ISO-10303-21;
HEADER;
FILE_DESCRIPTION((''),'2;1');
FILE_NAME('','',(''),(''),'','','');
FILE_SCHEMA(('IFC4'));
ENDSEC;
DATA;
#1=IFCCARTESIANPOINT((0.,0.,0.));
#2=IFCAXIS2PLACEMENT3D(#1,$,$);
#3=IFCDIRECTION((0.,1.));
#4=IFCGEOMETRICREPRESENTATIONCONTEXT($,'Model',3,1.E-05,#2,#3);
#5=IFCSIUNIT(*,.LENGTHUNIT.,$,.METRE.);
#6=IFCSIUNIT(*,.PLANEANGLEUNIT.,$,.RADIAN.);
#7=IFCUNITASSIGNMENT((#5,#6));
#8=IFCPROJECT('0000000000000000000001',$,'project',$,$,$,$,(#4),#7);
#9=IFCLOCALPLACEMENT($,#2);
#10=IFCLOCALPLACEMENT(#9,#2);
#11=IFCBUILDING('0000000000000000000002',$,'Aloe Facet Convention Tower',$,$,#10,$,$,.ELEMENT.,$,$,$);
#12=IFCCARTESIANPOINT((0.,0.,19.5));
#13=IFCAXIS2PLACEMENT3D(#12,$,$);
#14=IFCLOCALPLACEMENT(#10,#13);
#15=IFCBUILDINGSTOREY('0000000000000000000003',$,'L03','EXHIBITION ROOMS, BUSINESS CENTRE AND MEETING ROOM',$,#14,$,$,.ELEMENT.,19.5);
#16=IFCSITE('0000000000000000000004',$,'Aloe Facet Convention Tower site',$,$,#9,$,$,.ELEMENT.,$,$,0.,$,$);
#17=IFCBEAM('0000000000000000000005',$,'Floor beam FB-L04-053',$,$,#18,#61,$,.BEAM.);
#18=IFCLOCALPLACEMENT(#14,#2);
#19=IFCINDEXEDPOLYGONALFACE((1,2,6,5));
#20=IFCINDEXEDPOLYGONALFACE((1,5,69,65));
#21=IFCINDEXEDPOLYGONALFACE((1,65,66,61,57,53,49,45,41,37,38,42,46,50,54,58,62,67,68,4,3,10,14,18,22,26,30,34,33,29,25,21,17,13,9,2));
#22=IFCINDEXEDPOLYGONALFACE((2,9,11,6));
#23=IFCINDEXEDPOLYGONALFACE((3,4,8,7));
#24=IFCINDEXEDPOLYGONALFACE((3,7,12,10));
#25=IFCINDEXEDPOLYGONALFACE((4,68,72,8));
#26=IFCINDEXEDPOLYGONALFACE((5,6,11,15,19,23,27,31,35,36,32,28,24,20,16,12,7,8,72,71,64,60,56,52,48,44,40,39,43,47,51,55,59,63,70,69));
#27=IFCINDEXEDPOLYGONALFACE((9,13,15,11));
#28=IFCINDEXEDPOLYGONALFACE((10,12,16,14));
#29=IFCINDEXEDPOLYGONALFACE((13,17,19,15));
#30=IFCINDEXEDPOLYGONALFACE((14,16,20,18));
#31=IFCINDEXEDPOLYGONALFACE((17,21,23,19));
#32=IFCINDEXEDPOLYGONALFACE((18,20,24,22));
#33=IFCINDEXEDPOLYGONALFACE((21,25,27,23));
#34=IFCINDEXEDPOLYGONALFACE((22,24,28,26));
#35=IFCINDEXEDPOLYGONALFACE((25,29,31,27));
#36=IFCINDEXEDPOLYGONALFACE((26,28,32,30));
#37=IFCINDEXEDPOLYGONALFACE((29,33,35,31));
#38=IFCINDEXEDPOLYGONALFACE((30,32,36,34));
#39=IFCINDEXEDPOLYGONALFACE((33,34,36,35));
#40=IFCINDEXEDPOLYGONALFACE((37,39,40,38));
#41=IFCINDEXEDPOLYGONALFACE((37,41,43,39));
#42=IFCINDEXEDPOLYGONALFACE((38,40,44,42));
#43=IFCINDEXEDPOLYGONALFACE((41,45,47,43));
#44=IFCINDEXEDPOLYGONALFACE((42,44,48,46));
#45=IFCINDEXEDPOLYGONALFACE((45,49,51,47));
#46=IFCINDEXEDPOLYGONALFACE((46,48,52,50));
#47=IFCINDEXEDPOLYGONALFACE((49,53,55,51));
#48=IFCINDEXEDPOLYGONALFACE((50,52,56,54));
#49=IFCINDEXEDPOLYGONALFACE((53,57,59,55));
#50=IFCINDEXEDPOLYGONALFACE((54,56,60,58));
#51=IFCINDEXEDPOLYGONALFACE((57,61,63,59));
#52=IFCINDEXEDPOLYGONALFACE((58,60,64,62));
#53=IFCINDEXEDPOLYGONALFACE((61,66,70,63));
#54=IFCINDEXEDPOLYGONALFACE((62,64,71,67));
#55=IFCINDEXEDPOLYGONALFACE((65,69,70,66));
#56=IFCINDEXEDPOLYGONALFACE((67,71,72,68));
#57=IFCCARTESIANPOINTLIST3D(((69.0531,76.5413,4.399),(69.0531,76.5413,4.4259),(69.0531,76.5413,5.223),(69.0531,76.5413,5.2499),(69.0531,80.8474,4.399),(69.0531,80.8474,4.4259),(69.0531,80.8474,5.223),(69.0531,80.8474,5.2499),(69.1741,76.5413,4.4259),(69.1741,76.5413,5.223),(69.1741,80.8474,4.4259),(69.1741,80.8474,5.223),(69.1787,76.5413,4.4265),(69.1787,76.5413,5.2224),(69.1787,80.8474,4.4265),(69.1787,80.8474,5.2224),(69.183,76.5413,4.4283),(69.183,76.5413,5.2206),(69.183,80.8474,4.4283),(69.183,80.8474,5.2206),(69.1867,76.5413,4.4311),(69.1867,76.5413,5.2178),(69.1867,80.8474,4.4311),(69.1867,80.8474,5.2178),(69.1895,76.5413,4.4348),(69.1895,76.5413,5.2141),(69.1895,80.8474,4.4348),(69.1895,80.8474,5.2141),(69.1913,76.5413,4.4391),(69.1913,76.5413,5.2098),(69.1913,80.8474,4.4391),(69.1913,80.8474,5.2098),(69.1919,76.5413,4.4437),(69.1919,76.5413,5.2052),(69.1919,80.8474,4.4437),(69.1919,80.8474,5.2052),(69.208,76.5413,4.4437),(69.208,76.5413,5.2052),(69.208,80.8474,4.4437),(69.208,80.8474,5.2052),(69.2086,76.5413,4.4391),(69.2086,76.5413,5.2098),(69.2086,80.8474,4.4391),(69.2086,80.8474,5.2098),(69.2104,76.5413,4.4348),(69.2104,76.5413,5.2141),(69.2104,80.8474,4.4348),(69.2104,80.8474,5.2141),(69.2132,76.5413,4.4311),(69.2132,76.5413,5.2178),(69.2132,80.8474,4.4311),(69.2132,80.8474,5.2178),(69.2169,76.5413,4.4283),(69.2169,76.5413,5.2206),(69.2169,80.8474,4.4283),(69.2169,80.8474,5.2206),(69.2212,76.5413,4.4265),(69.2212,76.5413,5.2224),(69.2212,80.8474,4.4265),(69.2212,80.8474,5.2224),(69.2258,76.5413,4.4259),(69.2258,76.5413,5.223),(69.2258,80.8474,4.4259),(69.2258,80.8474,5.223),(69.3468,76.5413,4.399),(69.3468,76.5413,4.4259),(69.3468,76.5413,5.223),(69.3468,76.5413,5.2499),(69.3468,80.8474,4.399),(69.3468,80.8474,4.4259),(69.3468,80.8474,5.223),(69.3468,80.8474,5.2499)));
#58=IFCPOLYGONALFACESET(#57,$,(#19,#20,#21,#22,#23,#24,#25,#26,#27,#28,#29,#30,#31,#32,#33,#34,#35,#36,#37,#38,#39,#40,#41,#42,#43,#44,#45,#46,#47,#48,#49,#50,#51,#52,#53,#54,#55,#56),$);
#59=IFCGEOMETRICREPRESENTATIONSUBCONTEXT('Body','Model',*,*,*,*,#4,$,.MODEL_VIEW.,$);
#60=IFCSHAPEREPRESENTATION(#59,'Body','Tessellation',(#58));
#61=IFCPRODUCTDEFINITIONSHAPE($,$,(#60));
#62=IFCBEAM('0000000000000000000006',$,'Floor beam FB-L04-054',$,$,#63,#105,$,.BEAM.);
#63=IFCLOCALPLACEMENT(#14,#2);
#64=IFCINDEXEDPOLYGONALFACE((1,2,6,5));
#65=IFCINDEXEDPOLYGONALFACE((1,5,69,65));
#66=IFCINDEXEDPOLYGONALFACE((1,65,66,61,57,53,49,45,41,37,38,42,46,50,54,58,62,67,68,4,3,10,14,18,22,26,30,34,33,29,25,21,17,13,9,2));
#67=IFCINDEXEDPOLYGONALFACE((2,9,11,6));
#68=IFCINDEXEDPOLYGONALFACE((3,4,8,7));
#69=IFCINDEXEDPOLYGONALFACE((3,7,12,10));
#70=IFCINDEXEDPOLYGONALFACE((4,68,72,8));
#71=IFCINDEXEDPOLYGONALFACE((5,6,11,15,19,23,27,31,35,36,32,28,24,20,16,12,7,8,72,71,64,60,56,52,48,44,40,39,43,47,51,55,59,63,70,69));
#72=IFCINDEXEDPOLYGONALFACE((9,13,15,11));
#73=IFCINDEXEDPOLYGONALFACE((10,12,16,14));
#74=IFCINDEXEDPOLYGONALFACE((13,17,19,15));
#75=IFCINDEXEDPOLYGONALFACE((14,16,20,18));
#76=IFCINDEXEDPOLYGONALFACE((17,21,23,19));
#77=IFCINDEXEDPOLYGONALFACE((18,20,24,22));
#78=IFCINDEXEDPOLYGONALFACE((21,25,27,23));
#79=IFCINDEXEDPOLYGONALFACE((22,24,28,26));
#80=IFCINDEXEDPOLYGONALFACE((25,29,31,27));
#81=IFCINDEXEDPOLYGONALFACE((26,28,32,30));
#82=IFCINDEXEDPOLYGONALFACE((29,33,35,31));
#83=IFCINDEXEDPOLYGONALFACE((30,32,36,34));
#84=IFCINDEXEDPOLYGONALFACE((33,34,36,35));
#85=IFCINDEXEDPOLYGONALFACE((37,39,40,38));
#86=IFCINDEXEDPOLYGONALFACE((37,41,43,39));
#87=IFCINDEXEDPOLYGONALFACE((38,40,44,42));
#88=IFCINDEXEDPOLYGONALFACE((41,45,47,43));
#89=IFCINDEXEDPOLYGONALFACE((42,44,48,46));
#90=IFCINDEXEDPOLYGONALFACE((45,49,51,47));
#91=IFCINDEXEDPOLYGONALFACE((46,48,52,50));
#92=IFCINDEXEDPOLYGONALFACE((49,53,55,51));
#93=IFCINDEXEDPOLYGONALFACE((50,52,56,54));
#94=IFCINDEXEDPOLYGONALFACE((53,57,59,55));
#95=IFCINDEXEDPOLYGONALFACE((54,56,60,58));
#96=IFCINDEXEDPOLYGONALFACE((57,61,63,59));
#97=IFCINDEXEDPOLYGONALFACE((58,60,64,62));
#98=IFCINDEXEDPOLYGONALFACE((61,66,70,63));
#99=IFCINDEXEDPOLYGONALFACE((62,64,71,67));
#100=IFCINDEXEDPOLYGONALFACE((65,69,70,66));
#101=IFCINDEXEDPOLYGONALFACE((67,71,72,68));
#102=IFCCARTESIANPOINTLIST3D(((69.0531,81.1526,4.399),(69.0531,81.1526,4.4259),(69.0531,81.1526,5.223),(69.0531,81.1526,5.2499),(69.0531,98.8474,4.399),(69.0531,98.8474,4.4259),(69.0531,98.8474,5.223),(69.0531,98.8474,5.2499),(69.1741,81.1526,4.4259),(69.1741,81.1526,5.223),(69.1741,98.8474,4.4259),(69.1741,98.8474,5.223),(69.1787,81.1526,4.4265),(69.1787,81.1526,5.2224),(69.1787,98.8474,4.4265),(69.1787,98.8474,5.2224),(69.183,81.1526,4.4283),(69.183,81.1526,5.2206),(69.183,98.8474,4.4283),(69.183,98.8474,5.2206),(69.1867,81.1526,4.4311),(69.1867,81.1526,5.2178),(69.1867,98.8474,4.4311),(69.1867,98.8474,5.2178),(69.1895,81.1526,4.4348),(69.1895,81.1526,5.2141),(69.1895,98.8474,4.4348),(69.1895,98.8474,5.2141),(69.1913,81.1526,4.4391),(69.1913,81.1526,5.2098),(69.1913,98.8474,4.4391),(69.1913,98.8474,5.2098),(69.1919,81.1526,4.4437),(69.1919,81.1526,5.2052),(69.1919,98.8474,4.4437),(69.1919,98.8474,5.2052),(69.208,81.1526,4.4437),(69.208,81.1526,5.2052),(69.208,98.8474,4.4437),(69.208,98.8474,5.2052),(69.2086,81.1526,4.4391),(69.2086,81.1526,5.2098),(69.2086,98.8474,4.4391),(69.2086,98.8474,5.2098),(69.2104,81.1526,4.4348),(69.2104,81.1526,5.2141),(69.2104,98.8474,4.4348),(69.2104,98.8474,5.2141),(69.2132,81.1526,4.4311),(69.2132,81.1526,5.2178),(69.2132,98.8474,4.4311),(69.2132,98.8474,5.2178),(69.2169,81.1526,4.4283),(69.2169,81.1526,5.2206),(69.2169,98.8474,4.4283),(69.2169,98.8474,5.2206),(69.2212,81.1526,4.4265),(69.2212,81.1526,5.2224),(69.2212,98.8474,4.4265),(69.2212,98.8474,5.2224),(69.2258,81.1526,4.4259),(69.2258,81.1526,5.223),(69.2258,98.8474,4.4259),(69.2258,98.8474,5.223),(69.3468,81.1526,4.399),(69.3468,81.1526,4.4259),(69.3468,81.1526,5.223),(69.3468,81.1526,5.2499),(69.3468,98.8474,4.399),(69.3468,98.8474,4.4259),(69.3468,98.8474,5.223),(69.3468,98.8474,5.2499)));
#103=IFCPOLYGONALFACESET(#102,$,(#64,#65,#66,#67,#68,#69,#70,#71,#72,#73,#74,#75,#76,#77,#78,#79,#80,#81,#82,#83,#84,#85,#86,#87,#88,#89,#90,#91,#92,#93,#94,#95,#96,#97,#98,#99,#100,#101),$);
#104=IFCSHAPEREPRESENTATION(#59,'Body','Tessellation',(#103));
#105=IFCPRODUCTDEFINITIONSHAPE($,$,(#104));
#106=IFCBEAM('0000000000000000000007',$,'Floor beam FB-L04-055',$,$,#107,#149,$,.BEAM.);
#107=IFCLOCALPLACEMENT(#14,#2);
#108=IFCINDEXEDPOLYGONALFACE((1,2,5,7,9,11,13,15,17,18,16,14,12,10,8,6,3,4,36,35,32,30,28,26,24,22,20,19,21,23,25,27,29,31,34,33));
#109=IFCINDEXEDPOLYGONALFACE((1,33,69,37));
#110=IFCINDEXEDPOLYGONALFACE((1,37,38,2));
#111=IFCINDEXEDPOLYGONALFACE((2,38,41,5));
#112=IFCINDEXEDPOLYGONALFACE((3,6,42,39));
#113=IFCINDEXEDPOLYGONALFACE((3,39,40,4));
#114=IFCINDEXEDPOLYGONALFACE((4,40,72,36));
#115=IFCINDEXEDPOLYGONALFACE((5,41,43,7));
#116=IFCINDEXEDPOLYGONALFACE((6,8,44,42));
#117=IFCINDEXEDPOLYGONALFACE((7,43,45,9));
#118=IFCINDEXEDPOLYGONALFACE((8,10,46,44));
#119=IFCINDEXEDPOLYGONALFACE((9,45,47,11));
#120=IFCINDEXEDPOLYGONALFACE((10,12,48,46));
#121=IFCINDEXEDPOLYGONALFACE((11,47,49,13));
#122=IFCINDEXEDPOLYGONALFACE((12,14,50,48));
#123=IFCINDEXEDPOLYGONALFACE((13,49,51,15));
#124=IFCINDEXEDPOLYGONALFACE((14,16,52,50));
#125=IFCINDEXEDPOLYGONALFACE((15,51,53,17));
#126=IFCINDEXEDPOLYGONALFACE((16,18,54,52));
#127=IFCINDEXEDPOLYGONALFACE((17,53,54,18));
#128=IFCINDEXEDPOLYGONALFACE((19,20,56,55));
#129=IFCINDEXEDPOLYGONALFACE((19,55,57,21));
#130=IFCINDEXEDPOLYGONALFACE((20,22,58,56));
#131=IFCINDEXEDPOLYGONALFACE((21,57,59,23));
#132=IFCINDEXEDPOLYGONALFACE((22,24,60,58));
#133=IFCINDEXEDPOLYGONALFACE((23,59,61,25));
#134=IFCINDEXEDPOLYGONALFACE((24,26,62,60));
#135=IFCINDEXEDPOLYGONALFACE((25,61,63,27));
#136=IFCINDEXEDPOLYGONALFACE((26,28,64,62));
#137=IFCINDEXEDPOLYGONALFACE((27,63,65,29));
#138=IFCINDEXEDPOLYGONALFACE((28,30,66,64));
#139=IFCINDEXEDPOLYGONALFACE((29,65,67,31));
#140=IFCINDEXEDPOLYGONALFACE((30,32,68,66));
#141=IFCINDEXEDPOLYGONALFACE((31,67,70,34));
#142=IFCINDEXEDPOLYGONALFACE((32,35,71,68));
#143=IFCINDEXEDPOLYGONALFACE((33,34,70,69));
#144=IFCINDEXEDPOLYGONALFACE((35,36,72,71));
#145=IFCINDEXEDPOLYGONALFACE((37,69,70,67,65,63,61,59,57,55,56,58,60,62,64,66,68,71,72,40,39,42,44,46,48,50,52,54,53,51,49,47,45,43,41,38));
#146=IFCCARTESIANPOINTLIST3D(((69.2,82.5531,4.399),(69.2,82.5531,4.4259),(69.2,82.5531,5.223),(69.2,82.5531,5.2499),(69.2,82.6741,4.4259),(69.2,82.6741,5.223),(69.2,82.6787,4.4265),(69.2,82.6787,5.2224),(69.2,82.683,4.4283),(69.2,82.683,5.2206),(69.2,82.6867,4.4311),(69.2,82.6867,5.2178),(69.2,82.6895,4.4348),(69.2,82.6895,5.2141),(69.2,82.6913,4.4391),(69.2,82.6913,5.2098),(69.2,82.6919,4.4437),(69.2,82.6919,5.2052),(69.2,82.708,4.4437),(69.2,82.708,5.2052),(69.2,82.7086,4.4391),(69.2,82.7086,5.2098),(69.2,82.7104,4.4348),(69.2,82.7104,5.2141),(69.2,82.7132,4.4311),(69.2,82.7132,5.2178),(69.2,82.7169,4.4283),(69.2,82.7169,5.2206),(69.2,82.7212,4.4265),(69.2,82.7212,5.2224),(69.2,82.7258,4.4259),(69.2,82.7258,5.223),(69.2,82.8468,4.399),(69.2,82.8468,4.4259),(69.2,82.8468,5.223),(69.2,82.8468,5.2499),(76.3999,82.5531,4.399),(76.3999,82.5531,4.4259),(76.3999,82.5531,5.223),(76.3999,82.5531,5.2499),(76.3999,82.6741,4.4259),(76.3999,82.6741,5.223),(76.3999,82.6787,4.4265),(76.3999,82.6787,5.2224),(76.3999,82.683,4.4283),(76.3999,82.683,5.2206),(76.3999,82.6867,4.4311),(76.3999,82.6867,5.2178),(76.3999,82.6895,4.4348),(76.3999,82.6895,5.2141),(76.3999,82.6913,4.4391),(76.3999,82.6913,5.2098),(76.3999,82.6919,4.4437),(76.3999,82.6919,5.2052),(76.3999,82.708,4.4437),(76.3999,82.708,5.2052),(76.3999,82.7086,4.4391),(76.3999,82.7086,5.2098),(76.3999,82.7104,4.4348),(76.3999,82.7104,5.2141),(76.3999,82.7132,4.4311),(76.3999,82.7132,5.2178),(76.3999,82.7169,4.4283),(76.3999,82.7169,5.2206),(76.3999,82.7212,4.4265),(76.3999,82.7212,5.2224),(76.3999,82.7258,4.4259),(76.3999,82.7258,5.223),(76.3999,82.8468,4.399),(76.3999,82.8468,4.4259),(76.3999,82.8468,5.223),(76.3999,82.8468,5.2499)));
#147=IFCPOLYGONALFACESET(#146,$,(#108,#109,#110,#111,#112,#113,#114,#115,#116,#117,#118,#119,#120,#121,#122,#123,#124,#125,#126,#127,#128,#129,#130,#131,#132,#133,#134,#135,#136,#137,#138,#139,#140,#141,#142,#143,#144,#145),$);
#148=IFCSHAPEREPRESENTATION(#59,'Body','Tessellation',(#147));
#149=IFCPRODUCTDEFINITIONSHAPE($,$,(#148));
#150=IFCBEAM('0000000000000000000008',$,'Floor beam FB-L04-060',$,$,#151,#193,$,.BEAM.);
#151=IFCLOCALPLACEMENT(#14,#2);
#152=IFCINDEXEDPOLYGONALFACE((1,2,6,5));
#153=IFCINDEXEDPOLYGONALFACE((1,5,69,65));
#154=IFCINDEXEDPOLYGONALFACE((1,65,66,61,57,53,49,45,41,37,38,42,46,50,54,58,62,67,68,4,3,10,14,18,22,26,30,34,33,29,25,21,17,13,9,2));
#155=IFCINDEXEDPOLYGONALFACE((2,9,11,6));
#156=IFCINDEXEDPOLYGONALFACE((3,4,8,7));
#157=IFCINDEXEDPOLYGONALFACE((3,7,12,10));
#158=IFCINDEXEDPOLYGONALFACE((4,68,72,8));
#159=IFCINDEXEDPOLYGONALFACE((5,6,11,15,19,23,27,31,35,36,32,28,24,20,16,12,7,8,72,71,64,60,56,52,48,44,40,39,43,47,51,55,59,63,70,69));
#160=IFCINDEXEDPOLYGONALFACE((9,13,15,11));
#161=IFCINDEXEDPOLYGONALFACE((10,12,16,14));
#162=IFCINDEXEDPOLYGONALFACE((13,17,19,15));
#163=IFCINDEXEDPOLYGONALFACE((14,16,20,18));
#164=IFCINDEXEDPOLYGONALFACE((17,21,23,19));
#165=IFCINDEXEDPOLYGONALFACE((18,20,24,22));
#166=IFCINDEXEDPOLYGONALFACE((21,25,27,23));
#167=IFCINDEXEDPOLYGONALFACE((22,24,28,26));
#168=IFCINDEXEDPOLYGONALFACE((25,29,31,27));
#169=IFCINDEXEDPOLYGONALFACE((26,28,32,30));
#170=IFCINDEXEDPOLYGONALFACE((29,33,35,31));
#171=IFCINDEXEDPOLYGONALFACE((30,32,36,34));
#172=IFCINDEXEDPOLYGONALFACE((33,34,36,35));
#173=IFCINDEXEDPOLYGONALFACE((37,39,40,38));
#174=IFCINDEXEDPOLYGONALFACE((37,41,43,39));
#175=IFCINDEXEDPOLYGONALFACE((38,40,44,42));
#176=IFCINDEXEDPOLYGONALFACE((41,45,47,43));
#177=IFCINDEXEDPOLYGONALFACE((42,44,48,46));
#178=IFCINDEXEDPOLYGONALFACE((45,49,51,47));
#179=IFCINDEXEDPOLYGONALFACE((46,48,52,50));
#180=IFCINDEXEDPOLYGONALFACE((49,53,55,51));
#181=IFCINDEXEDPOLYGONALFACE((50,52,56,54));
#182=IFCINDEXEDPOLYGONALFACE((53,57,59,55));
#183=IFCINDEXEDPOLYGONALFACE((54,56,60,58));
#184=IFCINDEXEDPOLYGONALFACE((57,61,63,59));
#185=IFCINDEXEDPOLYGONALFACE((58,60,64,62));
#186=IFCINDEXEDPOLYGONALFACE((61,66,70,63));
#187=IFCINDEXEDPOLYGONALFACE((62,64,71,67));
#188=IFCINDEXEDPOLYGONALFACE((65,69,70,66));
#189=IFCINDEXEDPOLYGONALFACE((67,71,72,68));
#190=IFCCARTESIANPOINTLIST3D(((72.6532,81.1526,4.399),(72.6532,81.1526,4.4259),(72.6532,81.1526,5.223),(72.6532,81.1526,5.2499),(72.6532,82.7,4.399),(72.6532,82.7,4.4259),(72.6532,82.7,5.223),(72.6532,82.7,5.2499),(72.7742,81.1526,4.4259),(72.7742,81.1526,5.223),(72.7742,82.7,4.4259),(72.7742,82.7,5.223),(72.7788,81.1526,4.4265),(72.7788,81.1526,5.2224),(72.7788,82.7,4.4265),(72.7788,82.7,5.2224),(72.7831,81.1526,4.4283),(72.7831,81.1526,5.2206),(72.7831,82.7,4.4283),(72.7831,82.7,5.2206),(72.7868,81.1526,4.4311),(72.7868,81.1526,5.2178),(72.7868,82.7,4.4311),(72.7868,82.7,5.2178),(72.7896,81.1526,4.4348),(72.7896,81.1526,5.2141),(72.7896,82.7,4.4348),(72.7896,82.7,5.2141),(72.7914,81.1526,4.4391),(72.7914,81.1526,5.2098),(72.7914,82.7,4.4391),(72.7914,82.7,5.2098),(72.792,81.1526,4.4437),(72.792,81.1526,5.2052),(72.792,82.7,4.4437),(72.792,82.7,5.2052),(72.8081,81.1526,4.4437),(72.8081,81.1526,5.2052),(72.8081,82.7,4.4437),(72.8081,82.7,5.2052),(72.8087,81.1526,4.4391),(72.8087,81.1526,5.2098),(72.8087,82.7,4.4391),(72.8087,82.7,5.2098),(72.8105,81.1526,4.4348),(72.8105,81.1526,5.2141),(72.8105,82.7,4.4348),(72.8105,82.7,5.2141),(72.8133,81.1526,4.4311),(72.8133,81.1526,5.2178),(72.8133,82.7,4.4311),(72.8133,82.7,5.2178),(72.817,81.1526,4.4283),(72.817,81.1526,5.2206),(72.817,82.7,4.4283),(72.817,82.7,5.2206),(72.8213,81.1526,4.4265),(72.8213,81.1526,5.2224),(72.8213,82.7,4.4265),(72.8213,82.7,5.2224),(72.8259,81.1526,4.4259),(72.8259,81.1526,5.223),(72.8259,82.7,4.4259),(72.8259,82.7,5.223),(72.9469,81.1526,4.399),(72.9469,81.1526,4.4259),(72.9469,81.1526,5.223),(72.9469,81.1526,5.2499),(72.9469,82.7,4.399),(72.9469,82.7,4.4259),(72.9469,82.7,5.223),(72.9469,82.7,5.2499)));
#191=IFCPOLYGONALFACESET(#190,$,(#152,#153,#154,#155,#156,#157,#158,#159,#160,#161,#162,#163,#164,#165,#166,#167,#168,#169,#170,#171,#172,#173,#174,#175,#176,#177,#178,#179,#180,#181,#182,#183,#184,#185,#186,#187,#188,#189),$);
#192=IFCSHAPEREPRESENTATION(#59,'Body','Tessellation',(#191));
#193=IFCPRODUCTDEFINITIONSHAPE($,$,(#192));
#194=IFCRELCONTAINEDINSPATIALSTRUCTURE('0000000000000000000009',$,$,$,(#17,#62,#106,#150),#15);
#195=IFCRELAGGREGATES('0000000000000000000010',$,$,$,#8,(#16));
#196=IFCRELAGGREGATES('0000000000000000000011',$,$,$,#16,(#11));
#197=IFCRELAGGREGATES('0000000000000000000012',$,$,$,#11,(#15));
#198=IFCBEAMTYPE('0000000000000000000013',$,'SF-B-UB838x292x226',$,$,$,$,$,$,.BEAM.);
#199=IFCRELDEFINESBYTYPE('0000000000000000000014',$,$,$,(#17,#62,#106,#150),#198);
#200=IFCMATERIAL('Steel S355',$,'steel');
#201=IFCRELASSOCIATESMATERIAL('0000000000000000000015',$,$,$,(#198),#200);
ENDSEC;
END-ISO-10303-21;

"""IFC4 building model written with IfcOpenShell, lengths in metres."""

from ifc_helpers import new_model, si_unit, direction, frame, origin, origin_2d, place, context, subcontext, project, spatial, i_section, extrude, material, material_profile, profile_set, type_object, element, save


model = new_model("IFC4")

# Units and contexts
model_context = context("Model", 3, precision=1e-05, world=origin(), true_north=direction((0.0, 1.0)))
body_context = subcontext(model_context, "Body", "Model", "MODEL_VIEW")
ifc_project = project(units=[si_unit("LENGTHUNIT", "METRE"), si_unit("PLANEANGLEUNIT", "RADIAN")], contexts=[model_context])

# Site, building, storey
site_placement = place(None, origin())
site = spatial("IfcSite", under=ifc_project, at=site_placement, Name="Aloe Facet Convention Tower site", CompositionType="ELEMENT", RefElevation=0.0)
building_placement = place(site_placement, origin())
building = spatial("IfcBuilding", under=site, at=building_placement, Name="Aloe Facet Convention Tower", CompositionType="ELEMENT")
storey_placement = place(building_placement, frame((0.0, 0.0, 19.5)))
storey = spatial("IfcBuildingStorey", under=building, at=storey_placement, Name="L03", Description="EXHIBITION ROOMS, BUSINESS CENTRE AND MEETING ROOM", CompositionType="ELEMENT", Elevation=19.5)

# Beams
ifc_material_1 = material(Name="Steel S355", Category="steel")
ifc_material_profile_1 = material_profile(ifc_material_1, i_section(OverallWidth=0.2937, OverallDepth=0.8508, WebThickness=0.0161, FlangeThickness=0.0269, FilletRadius=0.0178, at=origin_2d()), Name="UB 838x292x226")
ifc_profile_set_1 = profile_set([ifc_material_profile_1], Name="Steel S355")
beam_type_1 = type_object("IfcBeamType", Name="SF-B-UB838x292x226", PredefinedType="BEAM", material=ifc_profile_set_1)
beam_1_placement = place(storey_placement, frame((69.2, 76.5413, 4.8245), z_axis=(0.0, 1.0, 0.0), x_axis=(-1.0, 0.0, 0.0)))
element("IfcBeam", 1, at=beam_1_placement, inside=storey, type_object=beam_type_1, Name="Floor beam FB-L04-053", PredefinedType="BEAM", context=body_context, shape_type="SweptSolid", body=[
    extrude(i_section(OverallWidth=0.2937, OverallDepth=0.8508, WebThickness=0.0161, FlangeThickness=0.0269, FilletRadius=0.0178, at=origin_2d()), origin(), (0.0, 0.0, 1.0), 4.3062),
])
beam_2_placement = place(storey_placement, frame((69.2, 81.1526, 4.8245), z_axis=(0.0, 1.0, 0.0), x_axis=(-1.0, 0.0, 0.0)))
element("IfcBeam", 2, at=beam_2_placement, inside=storey, type_object=beam_type_1, Name="Floor beam FB-L04-054", PredefinedType="BEAM", context=body_context, shape_type="SweptSolid", body=[
    extrude(i_section(OverallWidth=0.2937, OverallDepth=0.8508, WebThickness=0.0161, FlangeThickness=0.0269, FilletRadius=0.0178, at=origin_2d()), origin(), (0.0, 0.0, 1.0), 17.6948),
])
beam_3_placement = place(storey_placement, frame((69.2, 82.7, 4.8245), z_axis=(1.0, 0.0, 0.0), x_axis=(0.0, 1.0, 0.0)))
element("IfcBeam", 3, at=beam_3_placement, inside=storey, type_object=beam_type_1, Name="Floor beam FB-L04-055", PredefinedType="BEAM", context=body_context, shape_type="SweptSolid", body=[
    extrude(i_section(OverallWidth=0.2937, OverallDepth=0.8508, WebThickness=0.0161, FlangeThickness=0.0269, FilletRadius=0.0178, at=origin_2d()), origin(), (0.0, 0.0, 1.0), 7.2),
])
beam_4_placement = place(storey_placement, frame((72.8, 81.1526, 4.8245), z_axis=(0.0, 1.0, 0.0), x_axis=(-1.0, 0.0, 0.0)))
element("IfcBeam", 4, at=beam_4_placement, inside=storey, type_object=beam_type_1, Name="Floor beam FB-L04-060", PredefinedType="BEAM", context=body_context, shape_type="SweptSolid", body=[
    extrude(i_section(OverallWidth=0.2937, OverallDepth=0.8508, WebThickness=0.0161, FlangeThickness=0.0269, FilletRadius=0.0178, at=origin_2d()), origin(), (0.0, 0.0, 1.0), 1.5474),
])

save(model, "model.ifc")
